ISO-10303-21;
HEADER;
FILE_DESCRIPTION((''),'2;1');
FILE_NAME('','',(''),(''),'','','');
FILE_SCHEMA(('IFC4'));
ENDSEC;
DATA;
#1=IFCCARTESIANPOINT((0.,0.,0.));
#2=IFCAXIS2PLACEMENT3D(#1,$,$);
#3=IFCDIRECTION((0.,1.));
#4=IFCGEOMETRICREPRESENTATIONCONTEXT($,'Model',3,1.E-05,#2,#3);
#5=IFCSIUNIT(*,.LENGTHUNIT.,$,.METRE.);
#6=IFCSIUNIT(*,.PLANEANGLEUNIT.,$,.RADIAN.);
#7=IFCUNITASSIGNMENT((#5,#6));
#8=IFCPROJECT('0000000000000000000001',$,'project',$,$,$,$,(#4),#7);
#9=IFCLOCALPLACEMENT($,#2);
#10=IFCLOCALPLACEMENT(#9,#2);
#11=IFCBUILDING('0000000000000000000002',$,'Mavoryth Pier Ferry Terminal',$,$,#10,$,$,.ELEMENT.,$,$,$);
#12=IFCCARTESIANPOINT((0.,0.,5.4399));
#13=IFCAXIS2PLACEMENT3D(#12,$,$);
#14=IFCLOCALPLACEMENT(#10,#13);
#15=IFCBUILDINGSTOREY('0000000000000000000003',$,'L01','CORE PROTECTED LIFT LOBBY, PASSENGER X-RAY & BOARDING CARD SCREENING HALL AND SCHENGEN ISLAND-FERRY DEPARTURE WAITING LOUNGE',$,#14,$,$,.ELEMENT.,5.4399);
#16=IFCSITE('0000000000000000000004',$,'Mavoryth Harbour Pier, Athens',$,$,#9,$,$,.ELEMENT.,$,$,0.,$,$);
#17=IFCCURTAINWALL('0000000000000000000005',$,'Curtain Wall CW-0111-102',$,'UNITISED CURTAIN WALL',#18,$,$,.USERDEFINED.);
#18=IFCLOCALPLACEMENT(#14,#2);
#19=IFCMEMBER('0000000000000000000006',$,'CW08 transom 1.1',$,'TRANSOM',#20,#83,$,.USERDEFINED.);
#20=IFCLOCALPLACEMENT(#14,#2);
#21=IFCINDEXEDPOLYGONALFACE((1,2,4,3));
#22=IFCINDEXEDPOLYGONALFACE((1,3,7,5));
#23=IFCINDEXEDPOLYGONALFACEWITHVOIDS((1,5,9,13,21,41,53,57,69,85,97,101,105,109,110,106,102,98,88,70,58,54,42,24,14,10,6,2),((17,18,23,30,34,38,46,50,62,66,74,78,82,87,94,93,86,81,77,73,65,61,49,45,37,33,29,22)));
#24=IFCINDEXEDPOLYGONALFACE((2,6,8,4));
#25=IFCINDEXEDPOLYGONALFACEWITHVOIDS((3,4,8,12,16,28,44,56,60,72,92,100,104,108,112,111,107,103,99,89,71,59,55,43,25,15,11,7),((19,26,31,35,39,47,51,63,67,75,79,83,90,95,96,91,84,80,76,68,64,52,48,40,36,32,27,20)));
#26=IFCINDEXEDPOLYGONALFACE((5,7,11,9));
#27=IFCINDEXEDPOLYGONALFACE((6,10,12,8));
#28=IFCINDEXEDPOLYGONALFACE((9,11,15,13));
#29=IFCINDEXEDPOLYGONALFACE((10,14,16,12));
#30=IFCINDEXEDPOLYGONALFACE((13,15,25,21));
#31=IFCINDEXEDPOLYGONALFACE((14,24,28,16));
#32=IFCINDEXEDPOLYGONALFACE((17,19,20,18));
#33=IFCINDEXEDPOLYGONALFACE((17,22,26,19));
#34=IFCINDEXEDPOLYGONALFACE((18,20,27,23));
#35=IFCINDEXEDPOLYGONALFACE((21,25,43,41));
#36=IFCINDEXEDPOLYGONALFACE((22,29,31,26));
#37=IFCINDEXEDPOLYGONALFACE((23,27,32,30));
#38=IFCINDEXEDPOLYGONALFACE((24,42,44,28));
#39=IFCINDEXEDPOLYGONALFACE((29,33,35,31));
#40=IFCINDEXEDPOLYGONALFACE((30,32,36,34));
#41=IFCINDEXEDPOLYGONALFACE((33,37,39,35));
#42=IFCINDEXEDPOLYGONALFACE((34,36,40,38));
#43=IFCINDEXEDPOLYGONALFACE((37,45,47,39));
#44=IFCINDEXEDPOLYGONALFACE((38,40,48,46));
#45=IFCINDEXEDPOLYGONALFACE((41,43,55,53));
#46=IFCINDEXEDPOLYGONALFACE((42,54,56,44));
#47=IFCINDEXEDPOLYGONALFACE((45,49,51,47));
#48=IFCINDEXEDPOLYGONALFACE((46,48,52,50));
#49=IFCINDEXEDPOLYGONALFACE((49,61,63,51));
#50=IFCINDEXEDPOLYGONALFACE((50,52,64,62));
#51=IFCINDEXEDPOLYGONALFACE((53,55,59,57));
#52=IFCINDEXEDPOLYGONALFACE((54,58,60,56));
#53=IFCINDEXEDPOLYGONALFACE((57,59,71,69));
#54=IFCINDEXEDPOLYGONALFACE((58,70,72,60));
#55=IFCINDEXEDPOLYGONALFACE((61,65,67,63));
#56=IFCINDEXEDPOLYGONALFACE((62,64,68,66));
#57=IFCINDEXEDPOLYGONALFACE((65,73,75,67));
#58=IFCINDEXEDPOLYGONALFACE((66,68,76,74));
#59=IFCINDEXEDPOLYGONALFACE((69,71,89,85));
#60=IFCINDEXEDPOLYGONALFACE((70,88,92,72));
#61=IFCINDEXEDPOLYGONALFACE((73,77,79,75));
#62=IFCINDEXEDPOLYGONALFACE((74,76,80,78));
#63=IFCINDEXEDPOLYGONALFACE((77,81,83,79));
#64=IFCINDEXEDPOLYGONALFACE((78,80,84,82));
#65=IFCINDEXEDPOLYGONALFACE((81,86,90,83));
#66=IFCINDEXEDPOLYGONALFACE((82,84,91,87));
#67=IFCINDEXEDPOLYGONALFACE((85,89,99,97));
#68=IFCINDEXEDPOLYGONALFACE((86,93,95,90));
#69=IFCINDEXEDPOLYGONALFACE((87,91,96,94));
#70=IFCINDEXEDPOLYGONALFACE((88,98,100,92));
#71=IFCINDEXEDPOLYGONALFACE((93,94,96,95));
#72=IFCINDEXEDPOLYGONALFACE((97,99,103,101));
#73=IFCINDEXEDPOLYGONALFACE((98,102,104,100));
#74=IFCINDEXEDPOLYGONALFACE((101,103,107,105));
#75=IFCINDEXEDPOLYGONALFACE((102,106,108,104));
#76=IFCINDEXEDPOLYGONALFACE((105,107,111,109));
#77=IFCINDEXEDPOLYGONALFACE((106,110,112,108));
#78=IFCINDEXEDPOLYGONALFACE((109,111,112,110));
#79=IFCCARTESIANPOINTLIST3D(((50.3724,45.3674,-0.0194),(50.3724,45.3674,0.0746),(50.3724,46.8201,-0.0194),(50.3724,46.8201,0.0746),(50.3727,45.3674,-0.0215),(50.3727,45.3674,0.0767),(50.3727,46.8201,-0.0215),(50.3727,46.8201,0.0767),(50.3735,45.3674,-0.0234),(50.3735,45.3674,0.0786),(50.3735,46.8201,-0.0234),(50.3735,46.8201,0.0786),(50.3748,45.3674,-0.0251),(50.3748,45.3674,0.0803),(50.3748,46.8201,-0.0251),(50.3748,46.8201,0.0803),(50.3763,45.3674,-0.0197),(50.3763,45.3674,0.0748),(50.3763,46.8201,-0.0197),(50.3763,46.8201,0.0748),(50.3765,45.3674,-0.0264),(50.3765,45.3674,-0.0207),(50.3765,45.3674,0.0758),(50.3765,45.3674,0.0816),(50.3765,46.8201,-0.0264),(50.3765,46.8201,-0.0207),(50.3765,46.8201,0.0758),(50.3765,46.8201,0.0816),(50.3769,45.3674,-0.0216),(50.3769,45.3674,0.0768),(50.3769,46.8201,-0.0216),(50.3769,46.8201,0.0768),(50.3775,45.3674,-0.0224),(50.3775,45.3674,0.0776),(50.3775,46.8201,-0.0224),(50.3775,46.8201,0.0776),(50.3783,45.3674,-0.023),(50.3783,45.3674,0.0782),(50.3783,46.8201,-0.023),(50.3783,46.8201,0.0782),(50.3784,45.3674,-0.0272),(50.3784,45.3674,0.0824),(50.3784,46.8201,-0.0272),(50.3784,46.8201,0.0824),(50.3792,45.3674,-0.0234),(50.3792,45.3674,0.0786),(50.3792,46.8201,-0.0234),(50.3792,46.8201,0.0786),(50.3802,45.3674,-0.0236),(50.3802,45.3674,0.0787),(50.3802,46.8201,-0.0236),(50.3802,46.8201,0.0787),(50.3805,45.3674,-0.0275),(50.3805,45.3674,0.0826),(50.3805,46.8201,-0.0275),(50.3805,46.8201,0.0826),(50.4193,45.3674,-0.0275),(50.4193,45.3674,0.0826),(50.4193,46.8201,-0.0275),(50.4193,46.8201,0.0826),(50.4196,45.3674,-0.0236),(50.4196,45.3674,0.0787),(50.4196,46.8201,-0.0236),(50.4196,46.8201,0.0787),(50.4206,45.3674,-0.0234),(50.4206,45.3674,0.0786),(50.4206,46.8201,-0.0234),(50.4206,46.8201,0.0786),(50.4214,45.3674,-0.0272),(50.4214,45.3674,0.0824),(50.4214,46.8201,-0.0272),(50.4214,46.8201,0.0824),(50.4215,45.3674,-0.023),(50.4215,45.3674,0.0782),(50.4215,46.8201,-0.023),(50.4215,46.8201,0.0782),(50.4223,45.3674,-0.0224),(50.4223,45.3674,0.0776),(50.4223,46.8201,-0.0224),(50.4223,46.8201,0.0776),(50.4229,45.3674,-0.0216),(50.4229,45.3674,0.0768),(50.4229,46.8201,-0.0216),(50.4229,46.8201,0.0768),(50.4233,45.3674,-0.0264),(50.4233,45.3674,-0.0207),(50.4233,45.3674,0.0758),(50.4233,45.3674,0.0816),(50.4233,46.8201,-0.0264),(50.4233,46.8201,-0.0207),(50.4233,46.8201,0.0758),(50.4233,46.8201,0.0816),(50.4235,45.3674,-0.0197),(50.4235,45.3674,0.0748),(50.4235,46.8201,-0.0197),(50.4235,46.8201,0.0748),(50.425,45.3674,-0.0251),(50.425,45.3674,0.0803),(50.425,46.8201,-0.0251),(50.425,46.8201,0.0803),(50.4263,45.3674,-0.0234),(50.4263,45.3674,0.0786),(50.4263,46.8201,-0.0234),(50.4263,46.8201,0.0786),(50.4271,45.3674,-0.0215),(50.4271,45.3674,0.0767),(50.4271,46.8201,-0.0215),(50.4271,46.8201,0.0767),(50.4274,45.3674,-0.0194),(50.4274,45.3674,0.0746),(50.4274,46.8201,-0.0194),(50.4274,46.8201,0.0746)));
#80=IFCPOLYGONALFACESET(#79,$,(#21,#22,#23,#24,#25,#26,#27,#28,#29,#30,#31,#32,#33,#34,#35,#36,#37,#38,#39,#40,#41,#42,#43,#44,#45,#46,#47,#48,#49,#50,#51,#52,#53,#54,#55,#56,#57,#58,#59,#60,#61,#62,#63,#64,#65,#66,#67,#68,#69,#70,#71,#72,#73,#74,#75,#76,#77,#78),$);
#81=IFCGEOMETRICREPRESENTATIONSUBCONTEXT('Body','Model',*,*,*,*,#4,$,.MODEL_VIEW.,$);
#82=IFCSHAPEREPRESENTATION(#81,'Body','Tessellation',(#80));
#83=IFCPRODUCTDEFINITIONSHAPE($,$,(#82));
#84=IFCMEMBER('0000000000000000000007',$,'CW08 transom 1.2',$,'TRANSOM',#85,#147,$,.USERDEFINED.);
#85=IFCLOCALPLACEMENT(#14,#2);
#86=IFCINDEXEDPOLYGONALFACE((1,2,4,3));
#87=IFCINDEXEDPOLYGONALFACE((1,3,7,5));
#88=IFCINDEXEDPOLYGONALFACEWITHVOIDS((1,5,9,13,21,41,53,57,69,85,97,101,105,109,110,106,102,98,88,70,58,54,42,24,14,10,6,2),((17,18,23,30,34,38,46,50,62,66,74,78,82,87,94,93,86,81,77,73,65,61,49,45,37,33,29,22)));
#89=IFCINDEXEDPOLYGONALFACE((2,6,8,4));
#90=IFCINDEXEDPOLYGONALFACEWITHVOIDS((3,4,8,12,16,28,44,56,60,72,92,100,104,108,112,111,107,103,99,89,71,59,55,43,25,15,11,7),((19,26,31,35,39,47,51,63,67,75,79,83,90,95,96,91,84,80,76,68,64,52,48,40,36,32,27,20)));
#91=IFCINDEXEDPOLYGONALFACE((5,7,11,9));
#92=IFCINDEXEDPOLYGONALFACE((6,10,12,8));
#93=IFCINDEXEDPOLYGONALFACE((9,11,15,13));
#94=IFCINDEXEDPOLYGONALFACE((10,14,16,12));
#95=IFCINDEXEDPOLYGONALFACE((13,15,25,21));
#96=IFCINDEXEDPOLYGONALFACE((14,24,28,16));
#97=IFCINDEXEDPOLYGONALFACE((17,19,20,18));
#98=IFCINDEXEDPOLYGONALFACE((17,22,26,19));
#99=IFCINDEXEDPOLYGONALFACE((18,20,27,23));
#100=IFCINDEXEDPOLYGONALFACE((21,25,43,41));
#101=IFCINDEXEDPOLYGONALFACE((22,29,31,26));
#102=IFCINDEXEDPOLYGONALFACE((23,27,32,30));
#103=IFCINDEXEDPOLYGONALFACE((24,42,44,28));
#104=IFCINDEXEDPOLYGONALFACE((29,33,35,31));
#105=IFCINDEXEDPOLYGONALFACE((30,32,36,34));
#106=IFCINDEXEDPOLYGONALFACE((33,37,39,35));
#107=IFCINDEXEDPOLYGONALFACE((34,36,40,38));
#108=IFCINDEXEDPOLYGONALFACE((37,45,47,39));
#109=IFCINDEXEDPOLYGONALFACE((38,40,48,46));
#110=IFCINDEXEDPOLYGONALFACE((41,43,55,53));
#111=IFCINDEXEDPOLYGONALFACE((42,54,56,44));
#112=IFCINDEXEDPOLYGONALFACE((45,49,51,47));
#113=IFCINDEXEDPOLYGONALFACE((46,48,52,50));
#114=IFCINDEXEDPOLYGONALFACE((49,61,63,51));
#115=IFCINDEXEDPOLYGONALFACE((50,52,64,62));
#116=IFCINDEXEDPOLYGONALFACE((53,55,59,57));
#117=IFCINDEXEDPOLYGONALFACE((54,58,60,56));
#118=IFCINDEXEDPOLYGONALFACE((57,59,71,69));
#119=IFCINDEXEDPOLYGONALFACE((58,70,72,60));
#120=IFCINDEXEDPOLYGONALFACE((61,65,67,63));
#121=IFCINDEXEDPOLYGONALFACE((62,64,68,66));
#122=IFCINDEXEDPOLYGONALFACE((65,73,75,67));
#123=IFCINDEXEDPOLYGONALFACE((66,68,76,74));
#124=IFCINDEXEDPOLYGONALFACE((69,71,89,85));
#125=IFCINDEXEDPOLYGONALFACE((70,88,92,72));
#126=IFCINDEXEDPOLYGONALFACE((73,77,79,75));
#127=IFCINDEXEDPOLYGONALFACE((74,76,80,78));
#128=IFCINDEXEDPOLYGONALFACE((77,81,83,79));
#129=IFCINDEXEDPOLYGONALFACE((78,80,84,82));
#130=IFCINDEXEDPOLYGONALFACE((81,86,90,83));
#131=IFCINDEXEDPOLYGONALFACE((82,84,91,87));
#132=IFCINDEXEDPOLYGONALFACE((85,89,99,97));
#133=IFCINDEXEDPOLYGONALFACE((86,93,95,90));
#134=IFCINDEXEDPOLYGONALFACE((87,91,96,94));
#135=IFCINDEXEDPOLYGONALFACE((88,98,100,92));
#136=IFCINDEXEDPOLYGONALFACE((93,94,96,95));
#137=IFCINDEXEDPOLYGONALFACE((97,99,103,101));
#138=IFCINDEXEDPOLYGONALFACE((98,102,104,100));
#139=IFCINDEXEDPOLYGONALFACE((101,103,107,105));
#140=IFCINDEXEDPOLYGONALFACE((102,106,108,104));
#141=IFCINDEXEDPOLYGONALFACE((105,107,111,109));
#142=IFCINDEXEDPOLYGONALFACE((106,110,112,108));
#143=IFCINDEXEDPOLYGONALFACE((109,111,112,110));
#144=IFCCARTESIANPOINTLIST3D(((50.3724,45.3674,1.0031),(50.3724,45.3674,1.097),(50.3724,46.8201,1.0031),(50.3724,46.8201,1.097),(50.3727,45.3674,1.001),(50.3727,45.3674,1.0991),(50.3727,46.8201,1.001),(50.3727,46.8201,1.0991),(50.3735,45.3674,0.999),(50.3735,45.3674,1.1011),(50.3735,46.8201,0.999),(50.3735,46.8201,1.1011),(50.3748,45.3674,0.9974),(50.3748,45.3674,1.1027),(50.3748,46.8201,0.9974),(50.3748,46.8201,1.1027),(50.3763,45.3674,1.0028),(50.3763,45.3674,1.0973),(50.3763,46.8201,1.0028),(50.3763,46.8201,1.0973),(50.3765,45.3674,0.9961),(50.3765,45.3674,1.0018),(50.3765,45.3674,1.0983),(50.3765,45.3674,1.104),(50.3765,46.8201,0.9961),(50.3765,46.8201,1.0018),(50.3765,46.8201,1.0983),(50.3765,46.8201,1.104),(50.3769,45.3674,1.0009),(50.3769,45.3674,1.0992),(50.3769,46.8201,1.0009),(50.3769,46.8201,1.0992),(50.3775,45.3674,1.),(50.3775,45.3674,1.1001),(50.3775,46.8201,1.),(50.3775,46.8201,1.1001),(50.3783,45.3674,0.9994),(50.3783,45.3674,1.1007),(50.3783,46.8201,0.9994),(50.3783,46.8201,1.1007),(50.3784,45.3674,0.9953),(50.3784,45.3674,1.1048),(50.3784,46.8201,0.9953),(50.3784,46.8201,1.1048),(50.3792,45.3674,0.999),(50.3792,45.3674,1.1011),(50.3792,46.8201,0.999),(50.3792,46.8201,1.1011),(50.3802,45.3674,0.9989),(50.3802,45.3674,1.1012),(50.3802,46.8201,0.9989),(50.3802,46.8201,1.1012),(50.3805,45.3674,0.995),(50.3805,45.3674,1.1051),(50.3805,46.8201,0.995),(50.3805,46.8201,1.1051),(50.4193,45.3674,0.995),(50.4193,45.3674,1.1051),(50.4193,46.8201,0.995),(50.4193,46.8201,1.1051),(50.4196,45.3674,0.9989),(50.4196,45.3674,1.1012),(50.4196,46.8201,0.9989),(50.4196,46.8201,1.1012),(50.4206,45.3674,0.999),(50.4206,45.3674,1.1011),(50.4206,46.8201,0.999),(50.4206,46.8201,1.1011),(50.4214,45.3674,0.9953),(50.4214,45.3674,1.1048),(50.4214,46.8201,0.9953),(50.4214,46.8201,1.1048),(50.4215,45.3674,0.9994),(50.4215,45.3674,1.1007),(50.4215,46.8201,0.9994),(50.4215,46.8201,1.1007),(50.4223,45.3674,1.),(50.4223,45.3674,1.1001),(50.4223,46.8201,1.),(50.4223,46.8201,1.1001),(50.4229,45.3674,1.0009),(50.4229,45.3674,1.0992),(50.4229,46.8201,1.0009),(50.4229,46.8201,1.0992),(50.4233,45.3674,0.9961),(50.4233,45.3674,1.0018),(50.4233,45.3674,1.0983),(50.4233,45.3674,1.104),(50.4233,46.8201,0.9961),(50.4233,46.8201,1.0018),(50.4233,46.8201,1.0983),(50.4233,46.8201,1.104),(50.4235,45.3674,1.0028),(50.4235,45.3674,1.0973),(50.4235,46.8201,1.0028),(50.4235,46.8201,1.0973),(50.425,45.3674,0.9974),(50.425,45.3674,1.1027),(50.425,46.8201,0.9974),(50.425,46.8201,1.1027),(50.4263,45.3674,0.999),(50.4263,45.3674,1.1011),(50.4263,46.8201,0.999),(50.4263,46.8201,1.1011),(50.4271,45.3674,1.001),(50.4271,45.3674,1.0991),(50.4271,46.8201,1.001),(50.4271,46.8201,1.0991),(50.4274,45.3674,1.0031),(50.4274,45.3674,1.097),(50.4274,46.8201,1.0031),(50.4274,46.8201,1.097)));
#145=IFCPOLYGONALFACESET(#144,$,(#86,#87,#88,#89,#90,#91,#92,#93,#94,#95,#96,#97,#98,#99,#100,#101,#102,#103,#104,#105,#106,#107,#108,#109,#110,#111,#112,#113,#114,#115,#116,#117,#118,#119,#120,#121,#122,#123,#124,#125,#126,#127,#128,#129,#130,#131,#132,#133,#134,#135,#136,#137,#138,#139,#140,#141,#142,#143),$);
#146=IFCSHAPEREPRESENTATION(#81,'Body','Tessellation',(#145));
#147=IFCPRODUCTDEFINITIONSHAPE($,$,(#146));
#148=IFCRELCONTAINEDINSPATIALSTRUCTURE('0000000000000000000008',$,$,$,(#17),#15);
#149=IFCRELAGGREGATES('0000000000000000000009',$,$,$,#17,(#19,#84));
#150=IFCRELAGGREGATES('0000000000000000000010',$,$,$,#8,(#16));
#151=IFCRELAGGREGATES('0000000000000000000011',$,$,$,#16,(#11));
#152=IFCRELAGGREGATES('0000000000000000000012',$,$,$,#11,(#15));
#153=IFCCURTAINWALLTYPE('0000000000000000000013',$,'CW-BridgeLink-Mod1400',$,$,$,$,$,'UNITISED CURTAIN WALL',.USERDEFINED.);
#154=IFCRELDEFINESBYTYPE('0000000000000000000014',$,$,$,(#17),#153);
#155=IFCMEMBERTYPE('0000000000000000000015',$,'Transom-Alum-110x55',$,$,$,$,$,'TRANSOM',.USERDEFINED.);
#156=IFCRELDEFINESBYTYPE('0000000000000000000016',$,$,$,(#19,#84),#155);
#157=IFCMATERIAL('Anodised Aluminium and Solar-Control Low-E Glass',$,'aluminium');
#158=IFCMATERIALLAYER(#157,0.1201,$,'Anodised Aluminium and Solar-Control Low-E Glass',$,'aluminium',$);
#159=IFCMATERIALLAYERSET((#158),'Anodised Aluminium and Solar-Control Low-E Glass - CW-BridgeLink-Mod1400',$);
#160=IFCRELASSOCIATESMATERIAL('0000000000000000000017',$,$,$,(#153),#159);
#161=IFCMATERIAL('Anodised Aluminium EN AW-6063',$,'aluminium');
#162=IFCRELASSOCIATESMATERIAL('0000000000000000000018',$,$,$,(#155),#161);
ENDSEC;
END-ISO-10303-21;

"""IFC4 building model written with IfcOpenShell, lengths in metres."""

from ifc_helpers import new_model, si_unit, direction, frame, origin, origin_2d, place, context, subcontext, project, spatial, hollow_rectangle, extrude, material, layer, layer_set, material_profile, profile_set, type_object, element, aggregate, save


model = new_model("IFC4")

# Units and contexts
model_context = context("Model", 3, precision=1e-05, world=origin(), true_north=direction((0.0, 1.0)))
body_context = subcontext(model_context, "Body", "Model", "MODEL_VIEW")
ifc_project = project(units=[si_unit("LENGTHUNIT", "METRE"), si_unit("PLANEANGLEUNIT", "RADIAN")], contexts=[model_context])

# Site, building, storey
site_placement = place(None, origin())
site = spatial("IfcSite", under=ifc_project, at=site_placement, Name="Mavoryth Harbour Pier, Athens", CompositionType="ELEMENT", RefElevation=0.0)
building_placement = place(site_placement, origin())
building = spatial("IfcBuilding", under=site, at=building_placement, Name="Mavoryth Pier Ferry Terminal", CompositionType="ELEMENT")
storey_placement = place(building_placement, frame((0.0, 0.0, 5.4399)))
storey = spatial("IfcBuildingStorey", under=building, at=storey_placement, Name="L01", Description="CORE PROTECTED LIFT LOBBY, PASSENGER X-RAY & BOARDING CARD SCREENING HALL AND SCHENGEN ISLAND-FERRY DEPARTURE WAITING LOUNGE", CompositionType="ELEMENT", Elevation=5.4399)

# Curtain wall
ifc_material_1 = material(Name="Anodised Aluminium and Solar-Control Low-E Glass", Category="aluminium")
ifc_layer_1 = layer(ifc_material_1, 0.1201, Name="Anodised Aluminium and Solar-Control Low-E Glass", Category="aluminium")
ifc_layer_set_1 = layer_set([ifc_layer_1], Name="Anodised Aluminium and Solar-Control Low-E Glass - CW-BridgeLink-Mod1400")
curtain_wall_type = type_object("IfcCurtainWallType", Name="CW-BridgeLink-Mod1400", ElementType="UNITISED CURTAIN WALL", PredefinedType="USERDEFINED", material=ifc_layer_set_1)
curtain_wall_1_placement = place(storey_placement, origin())
curtain_wall_1 = element("IfcCurtainWall", 1, at=curtain_wall_1_placement, inside=storey, type_object=curtain_wall_type, Name="Curtain Wall CW-0111-102", ObjectType="UNITISED CURTAIN WALL", PredefinedType="USERDEFINED")
ifc_material_2 = material(Name="Anodised Aluminium EN AW-6063", Category="aluminium")

# Members
ifc_material_profile_1 = material_profile(ifc_material_2, hollow_rectangle(XDim=0.0549, YDim=0.1101, WallThickness=0.0039, InnerFilletRadius=0.0039, OuterFilletRadius=0.0081, at=origin_2d()), Name="AL-TRAN 110x55x4", Category="aluminium")
ifc_profile_set_1 = profile_set([ifc_material_profile_1], Name="Anodised Aluminium EN AW-6063 - AL-TRAN 110x55x4")
member_type_1 = type_object("IfcMemberType", Name="Transom-Alum-110x55", ElementType="TRANSOM", PredefinedType="USERDEFINED", material=ifc_profile_set_1)
member_1_placement = place(storey_placement, frame((50.3999, 46.8201, 0.0276), z_axis=(0.0, -1.0, 0.0), x_axis=(1.0, 0.0, 0.0)))
member_1 = element("IfcMember", 2, at=member_1_placement, type_object=member_type_1, Name="CW08 transom 1.1", ObjectType="TRANSOM", PredefinedType="USERDEFINED", context=body_context, shape_type="SweptSolid", body=[
    extrude(hollow_rectangle(XDim=0.0549, YDim=0.1101, WallThickness=0.0039, InnerFilletRadius=0.0039, OuterFilletRadius=0.0081, at=origin_2d()), origin(), (0.0, 0.0, 1.0), 1.4526),
])
member_2_placement = place(storey_placement, frame((50.3999, 46.8201, 1.05), z_axis=(0.0, -1.0, 0.0), x_axis=(1.0, 0.0, 0.0)))
member_2 = element("IfcMember", 3, at=member_2_placement, type_object=member_type_1, Name="CW08 transom 1.2", ObjectType="TRANSOM", PredefinedType="USERDEFINED", context=body_context, shape_type="SweptSolid", body=[
    extrude(hollow_rectangle(XDim=0.0549, YDim=0.1101, WallThickness=0.0039, InnerFilletRadius=0.0039, OuterFilletRadius=0.0081, at=origin_2d()), origin(), (0.0, 0.0, 1.0), 1.4526),
])

aggregate(curtain_wall_1, [member_1, member_2])

save(model, "model.ifc")
